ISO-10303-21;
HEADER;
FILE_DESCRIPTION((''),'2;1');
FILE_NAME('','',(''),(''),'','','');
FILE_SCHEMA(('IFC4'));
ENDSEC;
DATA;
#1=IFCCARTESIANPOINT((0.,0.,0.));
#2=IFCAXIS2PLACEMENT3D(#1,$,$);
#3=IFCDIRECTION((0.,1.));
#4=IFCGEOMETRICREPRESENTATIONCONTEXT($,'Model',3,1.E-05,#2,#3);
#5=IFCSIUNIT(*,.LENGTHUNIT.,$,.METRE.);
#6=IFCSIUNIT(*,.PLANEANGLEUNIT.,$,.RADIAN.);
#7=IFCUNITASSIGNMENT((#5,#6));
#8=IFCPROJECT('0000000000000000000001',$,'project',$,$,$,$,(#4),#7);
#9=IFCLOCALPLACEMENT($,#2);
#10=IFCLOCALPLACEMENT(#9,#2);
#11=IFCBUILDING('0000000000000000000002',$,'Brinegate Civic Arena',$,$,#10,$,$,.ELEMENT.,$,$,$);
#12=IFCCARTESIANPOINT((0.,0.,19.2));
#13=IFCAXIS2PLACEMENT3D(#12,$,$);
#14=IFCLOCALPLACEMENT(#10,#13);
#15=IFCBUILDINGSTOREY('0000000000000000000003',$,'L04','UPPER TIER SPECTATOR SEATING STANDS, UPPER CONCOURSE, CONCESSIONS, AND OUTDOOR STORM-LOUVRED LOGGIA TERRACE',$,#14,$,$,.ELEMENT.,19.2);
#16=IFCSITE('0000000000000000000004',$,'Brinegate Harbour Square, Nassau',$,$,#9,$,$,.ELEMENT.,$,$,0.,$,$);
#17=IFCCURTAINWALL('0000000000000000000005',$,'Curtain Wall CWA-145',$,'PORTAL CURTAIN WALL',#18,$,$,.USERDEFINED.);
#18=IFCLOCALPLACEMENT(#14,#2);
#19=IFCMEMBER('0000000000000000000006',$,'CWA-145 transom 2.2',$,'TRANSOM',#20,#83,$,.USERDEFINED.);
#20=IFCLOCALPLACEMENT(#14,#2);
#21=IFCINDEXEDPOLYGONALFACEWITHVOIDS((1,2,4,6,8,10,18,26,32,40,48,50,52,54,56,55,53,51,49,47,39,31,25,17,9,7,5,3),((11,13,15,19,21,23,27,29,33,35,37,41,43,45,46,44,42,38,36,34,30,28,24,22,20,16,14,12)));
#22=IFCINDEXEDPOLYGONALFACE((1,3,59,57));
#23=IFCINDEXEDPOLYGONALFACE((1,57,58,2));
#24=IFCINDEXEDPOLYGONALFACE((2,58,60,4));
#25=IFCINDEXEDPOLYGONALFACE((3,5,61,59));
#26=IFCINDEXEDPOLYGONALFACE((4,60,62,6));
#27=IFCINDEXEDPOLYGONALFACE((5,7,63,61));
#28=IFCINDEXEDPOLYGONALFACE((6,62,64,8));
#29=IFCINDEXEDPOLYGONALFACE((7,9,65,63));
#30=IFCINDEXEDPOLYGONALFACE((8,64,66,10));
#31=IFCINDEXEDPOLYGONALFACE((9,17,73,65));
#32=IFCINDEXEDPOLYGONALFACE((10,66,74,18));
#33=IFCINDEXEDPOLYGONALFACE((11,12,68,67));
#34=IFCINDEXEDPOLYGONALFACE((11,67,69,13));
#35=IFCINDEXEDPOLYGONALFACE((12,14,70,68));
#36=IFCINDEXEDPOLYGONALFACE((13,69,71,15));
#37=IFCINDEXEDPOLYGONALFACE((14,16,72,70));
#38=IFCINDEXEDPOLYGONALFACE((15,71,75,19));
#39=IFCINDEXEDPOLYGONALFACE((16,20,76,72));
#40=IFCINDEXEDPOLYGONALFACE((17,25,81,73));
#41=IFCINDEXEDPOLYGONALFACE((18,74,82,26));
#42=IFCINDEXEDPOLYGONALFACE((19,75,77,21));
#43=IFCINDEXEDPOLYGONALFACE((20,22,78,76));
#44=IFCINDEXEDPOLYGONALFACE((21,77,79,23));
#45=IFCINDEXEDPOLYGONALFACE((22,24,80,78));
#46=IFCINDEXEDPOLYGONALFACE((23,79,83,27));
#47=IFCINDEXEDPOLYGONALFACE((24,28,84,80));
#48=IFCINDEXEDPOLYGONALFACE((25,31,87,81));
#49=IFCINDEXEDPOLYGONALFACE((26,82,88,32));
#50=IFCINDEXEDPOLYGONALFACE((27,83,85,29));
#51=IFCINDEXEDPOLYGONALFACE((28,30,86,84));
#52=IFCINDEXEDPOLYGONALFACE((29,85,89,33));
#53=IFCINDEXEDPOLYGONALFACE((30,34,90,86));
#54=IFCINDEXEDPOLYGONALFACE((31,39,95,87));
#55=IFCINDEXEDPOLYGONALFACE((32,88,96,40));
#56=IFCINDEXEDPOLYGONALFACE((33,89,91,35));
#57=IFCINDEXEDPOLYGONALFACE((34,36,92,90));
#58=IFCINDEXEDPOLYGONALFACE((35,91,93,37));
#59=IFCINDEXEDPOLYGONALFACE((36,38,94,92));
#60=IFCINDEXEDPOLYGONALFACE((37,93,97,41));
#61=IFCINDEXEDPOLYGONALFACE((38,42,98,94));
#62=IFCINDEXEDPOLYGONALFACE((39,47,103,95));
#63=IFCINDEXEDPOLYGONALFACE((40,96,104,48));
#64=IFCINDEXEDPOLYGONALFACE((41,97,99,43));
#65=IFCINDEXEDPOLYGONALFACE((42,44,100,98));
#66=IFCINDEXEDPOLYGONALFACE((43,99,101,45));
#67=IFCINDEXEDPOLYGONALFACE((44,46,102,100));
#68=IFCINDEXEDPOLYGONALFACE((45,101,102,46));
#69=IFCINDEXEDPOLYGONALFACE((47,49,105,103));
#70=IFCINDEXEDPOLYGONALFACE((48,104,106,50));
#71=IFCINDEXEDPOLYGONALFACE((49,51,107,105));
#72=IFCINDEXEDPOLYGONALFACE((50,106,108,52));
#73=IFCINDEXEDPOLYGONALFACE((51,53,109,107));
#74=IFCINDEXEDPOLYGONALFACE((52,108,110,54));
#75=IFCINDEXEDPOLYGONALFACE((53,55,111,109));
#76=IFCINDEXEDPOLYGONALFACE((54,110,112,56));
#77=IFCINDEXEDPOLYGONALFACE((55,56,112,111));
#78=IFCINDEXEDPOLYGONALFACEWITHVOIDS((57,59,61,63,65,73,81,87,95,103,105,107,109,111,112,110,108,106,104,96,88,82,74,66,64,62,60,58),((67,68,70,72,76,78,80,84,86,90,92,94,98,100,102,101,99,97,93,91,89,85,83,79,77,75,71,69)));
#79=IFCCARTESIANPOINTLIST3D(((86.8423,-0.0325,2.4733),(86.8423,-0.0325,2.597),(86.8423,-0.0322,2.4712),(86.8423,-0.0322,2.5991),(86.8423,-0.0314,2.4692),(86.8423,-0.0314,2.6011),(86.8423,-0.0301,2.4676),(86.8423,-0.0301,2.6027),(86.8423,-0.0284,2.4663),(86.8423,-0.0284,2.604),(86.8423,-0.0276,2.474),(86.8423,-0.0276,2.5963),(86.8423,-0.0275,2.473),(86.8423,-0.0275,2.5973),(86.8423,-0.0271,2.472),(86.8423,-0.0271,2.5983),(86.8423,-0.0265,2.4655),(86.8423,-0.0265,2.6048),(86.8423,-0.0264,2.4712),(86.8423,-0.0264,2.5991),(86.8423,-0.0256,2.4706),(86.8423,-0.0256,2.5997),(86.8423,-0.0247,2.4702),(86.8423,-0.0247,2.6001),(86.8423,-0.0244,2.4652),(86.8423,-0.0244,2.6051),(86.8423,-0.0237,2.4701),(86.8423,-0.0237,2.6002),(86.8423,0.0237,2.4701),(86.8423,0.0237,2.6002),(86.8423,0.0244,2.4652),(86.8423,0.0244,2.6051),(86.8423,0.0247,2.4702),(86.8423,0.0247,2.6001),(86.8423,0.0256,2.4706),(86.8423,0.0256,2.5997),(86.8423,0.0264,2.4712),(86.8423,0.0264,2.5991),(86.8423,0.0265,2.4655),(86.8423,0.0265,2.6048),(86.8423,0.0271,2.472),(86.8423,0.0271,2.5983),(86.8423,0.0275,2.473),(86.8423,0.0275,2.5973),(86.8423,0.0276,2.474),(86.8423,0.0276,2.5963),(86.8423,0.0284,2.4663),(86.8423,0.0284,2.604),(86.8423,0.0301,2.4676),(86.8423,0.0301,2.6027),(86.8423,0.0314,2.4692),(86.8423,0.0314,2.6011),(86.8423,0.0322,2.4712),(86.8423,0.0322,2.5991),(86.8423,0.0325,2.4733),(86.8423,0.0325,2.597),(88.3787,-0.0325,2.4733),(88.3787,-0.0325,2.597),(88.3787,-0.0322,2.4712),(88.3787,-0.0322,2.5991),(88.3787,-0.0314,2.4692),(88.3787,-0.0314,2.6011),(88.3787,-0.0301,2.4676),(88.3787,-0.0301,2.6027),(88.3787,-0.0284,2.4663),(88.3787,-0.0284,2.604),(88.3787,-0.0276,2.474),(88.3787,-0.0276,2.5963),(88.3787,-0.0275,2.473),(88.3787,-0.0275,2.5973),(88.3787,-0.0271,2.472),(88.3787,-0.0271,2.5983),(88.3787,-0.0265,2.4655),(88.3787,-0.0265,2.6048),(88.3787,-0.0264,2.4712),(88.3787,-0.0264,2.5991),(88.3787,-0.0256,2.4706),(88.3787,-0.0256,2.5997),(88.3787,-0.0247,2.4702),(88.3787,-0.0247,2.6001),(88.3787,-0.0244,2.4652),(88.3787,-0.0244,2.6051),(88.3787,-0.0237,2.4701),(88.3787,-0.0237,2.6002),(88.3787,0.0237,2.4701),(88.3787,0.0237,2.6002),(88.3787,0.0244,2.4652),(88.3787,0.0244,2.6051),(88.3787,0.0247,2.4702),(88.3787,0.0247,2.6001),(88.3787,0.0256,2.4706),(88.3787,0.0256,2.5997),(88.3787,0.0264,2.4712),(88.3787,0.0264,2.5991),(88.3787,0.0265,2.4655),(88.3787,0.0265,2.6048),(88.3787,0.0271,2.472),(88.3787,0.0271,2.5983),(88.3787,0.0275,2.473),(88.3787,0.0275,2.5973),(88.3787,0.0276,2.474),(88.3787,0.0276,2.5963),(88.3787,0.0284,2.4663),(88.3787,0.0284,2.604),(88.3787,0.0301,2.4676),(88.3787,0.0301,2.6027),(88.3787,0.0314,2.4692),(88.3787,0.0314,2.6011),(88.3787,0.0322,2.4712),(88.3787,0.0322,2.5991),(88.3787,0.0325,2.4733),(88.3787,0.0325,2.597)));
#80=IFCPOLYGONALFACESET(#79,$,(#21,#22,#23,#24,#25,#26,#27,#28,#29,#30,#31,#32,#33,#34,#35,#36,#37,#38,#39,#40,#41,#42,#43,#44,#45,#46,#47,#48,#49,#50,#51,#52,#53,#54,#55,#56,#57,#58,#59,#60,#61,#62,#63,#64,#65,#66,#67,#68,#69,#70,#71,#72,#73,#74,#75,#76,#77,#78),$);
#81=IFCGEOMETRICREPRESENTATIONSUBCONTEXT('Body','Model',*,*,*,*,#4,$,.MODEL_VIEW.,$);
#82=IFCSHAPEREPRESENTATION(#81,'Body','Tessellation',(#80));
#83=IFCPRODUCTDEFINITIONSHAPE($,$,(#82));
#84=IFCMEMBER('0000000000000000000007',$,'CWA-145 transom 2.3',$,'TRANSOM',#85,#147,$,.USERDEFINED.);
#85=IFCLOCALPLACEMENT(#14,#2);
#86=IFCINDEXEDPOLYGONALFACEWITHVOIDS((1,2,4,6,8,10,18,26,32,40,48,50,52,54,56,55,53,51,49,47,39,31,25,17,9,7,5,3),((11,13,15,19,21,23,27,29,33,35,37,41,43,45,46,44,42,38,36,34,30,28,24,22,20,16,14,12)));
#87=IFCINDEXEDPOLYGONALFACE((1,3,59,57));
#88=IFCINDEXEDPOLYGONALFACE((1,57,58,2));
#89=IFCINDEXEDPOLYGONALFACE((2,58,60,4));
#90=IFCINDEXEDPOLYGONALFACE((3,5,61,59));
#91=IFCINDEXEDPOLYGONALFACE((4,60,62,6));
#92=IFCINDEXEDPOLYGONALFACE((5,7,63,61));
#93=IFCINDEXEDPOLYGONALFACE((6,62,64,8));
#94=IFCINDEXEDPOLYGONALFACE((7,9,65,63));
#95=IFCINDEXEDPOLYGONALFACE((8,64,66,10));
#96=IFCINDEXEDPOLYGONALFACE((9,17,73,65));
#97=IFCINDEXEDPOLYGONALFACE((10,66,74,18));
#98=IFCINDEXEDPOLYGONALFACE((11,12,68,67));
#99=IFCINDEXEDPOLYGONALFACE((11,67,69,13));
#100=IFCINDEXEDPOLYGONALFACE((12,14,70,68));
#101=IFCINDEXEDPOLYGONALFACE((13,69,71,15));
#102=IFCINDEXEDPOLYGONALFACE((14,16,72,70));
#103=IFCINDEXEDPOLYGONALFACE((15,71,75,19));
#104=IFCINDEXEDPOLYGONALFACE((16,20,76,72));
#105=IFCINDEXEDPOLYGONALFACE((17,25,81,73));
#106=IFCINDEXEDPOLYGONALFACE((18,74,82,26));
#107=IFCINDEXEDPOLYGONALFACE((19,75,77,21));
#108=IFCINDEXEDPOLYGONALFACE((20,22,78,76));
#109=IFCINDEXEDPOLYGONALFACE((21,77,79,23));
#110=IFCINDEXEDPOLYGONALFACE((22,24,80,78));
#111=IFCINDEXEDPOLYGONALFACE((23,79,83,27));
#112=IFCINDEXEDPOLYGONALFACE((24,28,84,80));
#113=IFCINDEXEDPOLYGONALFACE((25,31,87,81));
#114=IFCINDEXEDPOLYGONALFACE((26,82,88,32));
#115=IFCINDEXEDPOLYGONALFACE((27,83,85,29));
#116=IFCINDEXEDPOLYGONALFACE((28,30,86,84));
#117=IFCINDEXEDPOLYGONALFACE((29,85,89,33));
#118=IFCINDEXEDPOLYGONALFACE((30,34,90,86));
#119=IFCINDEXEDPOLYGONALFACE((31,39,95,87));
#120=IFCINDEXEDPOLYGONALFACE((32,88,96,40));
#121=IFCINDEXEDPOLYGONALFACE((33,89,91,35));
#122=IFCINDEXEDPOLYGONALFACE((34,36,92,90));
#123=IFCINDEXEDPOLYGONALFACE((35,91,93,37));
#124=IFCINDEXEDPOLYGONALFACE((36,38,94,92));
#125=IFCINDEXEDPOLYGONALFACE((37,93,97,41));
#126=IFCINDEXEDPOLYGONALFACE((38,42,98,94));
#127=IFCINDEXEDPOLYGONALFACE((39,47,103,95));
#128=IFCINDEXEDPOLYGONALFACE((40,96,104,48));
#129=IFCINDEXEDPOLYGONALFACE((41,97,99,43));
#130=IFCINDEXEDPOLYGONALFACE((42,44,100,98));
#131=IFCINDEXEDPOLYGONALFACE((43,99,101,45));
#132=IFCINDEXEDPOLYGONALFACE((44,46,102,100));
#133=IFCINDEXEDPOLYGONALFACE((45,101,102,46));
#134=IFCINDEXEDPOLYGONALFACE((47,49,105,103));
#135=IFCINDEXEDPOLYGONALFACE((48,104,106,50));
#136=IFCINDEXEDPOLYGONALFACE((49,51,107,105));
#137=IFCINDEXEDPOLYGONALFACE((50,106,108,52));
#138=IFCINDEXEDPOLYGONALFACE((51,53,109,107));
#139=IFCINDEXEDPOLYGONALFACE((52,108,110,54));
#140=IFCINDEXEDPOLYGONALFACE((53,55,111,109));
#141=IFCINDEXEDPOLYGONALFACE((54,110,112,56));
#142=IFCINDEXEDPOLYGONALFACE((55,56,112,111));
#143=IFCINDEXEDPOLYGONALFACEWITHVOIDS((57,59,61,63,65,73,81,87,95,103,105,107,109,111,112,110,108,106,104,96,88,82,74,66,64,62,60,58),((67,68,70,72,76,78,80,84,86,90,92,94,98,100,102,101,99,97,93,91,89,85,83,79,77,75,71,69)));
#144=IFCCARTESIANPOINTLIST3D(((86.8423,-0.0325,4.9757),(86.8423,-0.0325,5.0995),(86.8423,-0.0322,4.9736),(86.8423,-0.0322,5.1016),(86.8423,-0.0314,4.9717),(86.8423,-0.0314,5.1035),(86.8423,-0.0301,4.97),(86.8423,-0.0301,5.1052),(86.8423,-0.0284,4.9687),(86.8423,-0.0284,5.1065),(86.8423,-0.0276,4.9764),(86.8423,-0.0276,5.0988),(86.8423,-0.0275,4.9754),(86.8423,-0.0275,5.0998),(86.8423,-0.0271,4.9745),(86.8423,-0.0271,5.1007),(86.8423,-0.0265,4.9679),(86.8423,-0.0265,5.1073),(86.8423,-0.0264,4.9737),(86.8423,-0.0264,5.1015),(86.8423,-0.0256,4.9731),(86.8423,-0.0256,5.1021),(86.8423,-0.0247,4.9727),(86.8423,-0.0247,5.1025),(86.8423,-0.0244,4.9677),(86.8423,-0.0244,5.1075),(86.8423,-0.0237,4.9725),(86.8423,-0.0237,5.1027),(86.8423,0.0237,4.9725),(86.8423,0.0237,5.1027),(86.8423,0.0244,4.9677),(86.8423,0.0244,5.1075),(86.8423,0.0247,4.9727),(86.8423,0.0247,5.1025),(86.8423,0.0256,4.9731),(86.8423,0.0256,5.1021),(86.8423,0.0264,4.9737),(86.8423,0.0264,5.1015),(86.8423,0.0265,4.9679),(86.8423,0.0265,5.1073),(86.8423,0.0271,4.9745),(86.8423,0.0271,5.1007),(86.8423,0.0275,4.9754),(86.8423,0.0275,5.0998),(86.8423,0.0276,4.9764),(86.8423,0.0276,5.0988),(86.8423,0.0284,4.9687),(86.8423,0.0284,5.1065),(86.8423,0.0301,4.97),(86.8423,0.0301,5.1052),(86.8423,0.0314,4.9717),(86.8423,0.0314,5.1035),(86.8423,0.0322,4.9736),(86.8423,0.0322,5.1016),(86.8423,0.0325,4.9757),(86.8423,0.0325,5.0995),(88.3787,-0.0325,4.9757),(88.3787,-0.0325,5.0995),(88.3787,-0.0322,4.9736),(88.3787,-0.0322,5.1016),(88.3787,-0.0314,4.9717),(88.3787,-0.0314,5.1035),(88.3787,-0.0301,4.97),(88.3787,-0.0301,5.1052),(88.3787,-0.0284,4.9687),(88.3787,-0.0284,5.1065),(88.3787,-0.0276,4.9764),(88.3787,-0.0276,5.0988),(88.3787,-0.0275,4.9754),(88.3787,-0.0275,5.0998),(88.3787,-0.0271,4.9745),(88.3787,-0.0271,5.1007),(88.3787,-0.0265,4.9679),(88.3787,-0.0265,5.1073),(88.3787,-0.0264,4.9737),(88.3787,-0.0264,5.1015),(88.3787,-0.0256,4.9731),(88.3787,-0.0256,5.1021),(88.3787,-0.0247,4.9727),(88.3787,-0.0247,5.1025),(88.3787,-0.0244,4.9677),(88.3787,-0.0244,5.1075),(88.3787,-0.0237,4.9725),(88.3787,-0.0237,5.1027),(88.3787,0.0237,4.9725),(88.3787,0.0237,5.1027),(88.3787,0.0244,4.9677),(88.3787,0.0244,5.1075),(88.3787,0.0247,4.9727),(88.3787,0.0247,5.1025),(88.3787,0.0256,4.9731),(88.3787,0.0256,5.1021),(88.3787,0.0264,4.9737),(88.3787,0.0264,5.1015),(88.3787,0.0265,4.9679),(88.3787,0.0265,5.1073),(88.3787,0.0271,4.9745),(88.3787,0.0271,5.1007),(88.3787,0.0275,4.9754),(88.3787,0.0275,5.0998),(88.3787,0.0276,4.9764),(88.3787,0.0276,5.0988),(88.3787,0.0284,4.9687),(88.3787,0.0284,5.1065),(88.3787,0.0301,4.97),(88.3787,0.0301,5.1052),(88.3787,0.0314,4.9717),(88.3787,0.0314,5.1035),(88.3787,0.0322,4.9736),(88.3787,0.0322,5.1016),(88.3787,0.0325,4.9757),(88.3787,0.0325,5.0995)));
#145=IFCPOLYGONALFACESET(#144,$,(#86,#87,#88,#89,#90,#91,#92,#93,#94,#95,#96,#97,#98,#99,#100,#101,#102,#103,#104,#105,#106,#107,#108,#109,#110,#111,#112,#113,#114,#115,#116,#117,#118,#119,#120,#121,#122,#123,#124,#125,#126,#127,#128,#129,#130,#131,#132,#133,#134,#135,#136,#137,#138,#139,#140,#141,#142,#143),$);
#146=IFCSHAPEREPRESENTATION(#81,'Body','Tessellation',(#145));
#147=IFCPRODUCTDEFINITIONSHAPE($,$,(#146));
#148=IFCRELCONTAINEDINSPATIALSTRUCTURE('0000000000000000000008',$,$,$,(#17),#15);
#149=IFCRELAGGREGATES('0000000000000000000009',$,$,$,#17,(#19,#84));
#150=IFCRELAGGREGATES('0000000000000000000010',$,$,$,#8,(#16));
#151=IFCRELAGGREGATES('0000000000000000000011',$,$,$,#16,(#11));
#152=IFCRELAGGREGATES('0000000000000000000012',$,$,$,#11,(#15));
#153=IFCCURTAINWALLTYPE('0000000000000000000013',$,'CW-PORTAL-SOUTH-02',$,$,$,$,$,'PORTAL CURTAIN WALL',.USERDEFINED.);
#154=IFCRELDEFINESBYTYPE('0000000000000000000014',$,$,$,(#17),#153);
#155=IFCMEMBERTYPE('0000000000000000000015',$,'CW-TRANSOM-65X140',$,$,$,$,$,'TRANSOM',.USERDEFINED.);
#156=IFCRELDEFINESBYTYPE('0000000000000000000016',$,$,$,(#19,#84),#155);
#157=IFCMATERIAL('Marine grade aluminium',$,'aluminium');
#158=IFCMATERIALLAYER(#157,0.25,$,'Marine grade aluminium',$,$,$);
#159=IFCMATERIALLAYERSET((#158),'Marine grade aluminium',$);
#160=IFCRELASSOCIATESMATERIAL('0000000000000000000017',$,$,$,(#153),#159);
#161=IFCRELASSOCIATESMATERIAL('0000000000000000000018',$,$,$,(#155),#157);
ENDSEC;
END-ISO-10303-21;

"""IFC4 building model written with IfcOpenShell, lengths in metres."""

from ifc_helpers import new_model, si_unit, direction, frame, origin, origin_2d, place, context, subcontext, project, spatial, hollow_rectangle, extrude, material, layer, layer_set, material_profile, profile_set, type_object, element, aggregate, save


model = new_model("IFC4")

# Units and contexts
model_context = context("Model", 3, precision=1e-05, world=origin(), true_north=direction((0.0, 1.0)))
body_context = subcontext(model_context, "Body", "Model", "MODEL_VIEW")
ifc_project = project(units=[si_unit("LENGTHUNIT", "METRE"), si_unit("PLANEANGLEUNIT", "RADIAN")], contexts=[model_context])

# Site, building, storey
site_placement = place(None, origin())
site = spatial("IfcSite", under=ifc_project, at=site_placement, Name="Brinegate Harbour Square, Nassau", CompositionType="ELEMENT", RefElevation=0.0)
building_placement = place(site_placement, origin())
building = spatial("IfcBuilding", under=site, at=building_placement, Name="Brinegate Civic Arena", CompositionType="ELEMENT")
storey_placement = place(building_placement, frame((0.0, 0.0, 19.2)))
storey = spatial("IfcBuildingStorey", under=building, at=storey_placement, Name="L04", Description="UPPER TIER SPECTATOR SEATING STANDS, UPPER CONCOURSE, CONCESSIONS, AND OUTDOOR STORM-LOUVRED LOGGIA TERRACE", CompositionType="ELEMENT", Elevation=19.2)

# Curtain wall, members
ifc_material_1 = material(Name="Marine grade aluminium", Category="aluminium")
ifc_layer_1 = layer(ifc_material_1, 0.25, Name="Marine grade aluminium")
ifc_layer_set_1 = layer_set([ifc_layer_1], Name="Marine grade aluminium")
curtain_wall_type = type_object("IfcCurtainWallType", Name="CW-PORTAL-SOUTH-02", ElementType="PORTAL CURTAIN WALL", PredefinedType="USERDEFINED", material=ifc_layer_set_1)
curtain_wall_placement = place(storey_placement, origin())
curtain_wall = element("IfcCurtainWall", 1, at=curtain_wall_placement, inside=storey, type_object=curtain_wall_type, Name="Curtain Wall CWA-145", ObjectType="PORTAL CURTAIN WALL", PredefinedType="USERDEFINED")
ifc_material_profile_1 = material_profile(ifc_material_1, hollow_rectangle(XDim=0.0649, YDim=0.1399, WallThickness=0.0049, InnerFilletRadius=0.0039, OuterFilletRadius=0.0081, at=origin_2d()), Name="TRN65X140")
ifc_profile_set_1 = profile_set([ifc_material_profile_1], Name="Marine grade aluminium")
member_type_1 = type_object("IfcMemberType", Name="CW-TRANSOM-65X140", ElementType="TRANSOM", PredefinedType="USERDEFINED", material=ifc_profile_set_1)
member_1_placement = place(storey_placement, frame((86.8423, 0.0, 2.5352), z_axis=(1.0, 0.0, 0.0), x_axis=(0.0, 1.0, 0.0)))
member_1 = element("IfcMember", 2, at=member_1_placement, type_object=member_type_1, Name="CWA-145 transom 2.2", ObjectType="TRANSOM", PredefinedType="USERDEFINED", context=body_context, shape_type="SweptSolid", body=[
    extrude(hollow_rectangle(XDim=0.0649, YDim=0.1399, WallThickness=0.0049, InnerFilletRadius=0.0039, OuterFilletRadius=0.0081, at=origin_2d()), origin(), (0.0, 0.0, 1.0), 1.5364),
])
member_2_placement = place(storey_placement, frame((86.8423, 0.0, 5.0376), z_axis=(1.0, 0.0, 0.0), x_axis=(0.0, 1.0, 0.0)))
member_2 = element("IfcMember", 3, at=member_2_placement, type_object=member_type_1, Name="CWA-145 transom 2.3", ObjectType="TRANSOM", PredefinedType="USERDEFINED", context=body_context, shape_type="SweptSolid", body=[
    extrude(hollow_rectangle(XDim=0.0649, YDim=0.1399, WallThickness=0.0049, InnerFilletRadius=0.0039, OuterFilletRadius=0.0081, at=origin_2d()), origin(), (0.0, 0.0, 1.0), 1.5364),
])
aggregate(curtain_wall, [member_1, member_2])

save(model, "model.ifc")
